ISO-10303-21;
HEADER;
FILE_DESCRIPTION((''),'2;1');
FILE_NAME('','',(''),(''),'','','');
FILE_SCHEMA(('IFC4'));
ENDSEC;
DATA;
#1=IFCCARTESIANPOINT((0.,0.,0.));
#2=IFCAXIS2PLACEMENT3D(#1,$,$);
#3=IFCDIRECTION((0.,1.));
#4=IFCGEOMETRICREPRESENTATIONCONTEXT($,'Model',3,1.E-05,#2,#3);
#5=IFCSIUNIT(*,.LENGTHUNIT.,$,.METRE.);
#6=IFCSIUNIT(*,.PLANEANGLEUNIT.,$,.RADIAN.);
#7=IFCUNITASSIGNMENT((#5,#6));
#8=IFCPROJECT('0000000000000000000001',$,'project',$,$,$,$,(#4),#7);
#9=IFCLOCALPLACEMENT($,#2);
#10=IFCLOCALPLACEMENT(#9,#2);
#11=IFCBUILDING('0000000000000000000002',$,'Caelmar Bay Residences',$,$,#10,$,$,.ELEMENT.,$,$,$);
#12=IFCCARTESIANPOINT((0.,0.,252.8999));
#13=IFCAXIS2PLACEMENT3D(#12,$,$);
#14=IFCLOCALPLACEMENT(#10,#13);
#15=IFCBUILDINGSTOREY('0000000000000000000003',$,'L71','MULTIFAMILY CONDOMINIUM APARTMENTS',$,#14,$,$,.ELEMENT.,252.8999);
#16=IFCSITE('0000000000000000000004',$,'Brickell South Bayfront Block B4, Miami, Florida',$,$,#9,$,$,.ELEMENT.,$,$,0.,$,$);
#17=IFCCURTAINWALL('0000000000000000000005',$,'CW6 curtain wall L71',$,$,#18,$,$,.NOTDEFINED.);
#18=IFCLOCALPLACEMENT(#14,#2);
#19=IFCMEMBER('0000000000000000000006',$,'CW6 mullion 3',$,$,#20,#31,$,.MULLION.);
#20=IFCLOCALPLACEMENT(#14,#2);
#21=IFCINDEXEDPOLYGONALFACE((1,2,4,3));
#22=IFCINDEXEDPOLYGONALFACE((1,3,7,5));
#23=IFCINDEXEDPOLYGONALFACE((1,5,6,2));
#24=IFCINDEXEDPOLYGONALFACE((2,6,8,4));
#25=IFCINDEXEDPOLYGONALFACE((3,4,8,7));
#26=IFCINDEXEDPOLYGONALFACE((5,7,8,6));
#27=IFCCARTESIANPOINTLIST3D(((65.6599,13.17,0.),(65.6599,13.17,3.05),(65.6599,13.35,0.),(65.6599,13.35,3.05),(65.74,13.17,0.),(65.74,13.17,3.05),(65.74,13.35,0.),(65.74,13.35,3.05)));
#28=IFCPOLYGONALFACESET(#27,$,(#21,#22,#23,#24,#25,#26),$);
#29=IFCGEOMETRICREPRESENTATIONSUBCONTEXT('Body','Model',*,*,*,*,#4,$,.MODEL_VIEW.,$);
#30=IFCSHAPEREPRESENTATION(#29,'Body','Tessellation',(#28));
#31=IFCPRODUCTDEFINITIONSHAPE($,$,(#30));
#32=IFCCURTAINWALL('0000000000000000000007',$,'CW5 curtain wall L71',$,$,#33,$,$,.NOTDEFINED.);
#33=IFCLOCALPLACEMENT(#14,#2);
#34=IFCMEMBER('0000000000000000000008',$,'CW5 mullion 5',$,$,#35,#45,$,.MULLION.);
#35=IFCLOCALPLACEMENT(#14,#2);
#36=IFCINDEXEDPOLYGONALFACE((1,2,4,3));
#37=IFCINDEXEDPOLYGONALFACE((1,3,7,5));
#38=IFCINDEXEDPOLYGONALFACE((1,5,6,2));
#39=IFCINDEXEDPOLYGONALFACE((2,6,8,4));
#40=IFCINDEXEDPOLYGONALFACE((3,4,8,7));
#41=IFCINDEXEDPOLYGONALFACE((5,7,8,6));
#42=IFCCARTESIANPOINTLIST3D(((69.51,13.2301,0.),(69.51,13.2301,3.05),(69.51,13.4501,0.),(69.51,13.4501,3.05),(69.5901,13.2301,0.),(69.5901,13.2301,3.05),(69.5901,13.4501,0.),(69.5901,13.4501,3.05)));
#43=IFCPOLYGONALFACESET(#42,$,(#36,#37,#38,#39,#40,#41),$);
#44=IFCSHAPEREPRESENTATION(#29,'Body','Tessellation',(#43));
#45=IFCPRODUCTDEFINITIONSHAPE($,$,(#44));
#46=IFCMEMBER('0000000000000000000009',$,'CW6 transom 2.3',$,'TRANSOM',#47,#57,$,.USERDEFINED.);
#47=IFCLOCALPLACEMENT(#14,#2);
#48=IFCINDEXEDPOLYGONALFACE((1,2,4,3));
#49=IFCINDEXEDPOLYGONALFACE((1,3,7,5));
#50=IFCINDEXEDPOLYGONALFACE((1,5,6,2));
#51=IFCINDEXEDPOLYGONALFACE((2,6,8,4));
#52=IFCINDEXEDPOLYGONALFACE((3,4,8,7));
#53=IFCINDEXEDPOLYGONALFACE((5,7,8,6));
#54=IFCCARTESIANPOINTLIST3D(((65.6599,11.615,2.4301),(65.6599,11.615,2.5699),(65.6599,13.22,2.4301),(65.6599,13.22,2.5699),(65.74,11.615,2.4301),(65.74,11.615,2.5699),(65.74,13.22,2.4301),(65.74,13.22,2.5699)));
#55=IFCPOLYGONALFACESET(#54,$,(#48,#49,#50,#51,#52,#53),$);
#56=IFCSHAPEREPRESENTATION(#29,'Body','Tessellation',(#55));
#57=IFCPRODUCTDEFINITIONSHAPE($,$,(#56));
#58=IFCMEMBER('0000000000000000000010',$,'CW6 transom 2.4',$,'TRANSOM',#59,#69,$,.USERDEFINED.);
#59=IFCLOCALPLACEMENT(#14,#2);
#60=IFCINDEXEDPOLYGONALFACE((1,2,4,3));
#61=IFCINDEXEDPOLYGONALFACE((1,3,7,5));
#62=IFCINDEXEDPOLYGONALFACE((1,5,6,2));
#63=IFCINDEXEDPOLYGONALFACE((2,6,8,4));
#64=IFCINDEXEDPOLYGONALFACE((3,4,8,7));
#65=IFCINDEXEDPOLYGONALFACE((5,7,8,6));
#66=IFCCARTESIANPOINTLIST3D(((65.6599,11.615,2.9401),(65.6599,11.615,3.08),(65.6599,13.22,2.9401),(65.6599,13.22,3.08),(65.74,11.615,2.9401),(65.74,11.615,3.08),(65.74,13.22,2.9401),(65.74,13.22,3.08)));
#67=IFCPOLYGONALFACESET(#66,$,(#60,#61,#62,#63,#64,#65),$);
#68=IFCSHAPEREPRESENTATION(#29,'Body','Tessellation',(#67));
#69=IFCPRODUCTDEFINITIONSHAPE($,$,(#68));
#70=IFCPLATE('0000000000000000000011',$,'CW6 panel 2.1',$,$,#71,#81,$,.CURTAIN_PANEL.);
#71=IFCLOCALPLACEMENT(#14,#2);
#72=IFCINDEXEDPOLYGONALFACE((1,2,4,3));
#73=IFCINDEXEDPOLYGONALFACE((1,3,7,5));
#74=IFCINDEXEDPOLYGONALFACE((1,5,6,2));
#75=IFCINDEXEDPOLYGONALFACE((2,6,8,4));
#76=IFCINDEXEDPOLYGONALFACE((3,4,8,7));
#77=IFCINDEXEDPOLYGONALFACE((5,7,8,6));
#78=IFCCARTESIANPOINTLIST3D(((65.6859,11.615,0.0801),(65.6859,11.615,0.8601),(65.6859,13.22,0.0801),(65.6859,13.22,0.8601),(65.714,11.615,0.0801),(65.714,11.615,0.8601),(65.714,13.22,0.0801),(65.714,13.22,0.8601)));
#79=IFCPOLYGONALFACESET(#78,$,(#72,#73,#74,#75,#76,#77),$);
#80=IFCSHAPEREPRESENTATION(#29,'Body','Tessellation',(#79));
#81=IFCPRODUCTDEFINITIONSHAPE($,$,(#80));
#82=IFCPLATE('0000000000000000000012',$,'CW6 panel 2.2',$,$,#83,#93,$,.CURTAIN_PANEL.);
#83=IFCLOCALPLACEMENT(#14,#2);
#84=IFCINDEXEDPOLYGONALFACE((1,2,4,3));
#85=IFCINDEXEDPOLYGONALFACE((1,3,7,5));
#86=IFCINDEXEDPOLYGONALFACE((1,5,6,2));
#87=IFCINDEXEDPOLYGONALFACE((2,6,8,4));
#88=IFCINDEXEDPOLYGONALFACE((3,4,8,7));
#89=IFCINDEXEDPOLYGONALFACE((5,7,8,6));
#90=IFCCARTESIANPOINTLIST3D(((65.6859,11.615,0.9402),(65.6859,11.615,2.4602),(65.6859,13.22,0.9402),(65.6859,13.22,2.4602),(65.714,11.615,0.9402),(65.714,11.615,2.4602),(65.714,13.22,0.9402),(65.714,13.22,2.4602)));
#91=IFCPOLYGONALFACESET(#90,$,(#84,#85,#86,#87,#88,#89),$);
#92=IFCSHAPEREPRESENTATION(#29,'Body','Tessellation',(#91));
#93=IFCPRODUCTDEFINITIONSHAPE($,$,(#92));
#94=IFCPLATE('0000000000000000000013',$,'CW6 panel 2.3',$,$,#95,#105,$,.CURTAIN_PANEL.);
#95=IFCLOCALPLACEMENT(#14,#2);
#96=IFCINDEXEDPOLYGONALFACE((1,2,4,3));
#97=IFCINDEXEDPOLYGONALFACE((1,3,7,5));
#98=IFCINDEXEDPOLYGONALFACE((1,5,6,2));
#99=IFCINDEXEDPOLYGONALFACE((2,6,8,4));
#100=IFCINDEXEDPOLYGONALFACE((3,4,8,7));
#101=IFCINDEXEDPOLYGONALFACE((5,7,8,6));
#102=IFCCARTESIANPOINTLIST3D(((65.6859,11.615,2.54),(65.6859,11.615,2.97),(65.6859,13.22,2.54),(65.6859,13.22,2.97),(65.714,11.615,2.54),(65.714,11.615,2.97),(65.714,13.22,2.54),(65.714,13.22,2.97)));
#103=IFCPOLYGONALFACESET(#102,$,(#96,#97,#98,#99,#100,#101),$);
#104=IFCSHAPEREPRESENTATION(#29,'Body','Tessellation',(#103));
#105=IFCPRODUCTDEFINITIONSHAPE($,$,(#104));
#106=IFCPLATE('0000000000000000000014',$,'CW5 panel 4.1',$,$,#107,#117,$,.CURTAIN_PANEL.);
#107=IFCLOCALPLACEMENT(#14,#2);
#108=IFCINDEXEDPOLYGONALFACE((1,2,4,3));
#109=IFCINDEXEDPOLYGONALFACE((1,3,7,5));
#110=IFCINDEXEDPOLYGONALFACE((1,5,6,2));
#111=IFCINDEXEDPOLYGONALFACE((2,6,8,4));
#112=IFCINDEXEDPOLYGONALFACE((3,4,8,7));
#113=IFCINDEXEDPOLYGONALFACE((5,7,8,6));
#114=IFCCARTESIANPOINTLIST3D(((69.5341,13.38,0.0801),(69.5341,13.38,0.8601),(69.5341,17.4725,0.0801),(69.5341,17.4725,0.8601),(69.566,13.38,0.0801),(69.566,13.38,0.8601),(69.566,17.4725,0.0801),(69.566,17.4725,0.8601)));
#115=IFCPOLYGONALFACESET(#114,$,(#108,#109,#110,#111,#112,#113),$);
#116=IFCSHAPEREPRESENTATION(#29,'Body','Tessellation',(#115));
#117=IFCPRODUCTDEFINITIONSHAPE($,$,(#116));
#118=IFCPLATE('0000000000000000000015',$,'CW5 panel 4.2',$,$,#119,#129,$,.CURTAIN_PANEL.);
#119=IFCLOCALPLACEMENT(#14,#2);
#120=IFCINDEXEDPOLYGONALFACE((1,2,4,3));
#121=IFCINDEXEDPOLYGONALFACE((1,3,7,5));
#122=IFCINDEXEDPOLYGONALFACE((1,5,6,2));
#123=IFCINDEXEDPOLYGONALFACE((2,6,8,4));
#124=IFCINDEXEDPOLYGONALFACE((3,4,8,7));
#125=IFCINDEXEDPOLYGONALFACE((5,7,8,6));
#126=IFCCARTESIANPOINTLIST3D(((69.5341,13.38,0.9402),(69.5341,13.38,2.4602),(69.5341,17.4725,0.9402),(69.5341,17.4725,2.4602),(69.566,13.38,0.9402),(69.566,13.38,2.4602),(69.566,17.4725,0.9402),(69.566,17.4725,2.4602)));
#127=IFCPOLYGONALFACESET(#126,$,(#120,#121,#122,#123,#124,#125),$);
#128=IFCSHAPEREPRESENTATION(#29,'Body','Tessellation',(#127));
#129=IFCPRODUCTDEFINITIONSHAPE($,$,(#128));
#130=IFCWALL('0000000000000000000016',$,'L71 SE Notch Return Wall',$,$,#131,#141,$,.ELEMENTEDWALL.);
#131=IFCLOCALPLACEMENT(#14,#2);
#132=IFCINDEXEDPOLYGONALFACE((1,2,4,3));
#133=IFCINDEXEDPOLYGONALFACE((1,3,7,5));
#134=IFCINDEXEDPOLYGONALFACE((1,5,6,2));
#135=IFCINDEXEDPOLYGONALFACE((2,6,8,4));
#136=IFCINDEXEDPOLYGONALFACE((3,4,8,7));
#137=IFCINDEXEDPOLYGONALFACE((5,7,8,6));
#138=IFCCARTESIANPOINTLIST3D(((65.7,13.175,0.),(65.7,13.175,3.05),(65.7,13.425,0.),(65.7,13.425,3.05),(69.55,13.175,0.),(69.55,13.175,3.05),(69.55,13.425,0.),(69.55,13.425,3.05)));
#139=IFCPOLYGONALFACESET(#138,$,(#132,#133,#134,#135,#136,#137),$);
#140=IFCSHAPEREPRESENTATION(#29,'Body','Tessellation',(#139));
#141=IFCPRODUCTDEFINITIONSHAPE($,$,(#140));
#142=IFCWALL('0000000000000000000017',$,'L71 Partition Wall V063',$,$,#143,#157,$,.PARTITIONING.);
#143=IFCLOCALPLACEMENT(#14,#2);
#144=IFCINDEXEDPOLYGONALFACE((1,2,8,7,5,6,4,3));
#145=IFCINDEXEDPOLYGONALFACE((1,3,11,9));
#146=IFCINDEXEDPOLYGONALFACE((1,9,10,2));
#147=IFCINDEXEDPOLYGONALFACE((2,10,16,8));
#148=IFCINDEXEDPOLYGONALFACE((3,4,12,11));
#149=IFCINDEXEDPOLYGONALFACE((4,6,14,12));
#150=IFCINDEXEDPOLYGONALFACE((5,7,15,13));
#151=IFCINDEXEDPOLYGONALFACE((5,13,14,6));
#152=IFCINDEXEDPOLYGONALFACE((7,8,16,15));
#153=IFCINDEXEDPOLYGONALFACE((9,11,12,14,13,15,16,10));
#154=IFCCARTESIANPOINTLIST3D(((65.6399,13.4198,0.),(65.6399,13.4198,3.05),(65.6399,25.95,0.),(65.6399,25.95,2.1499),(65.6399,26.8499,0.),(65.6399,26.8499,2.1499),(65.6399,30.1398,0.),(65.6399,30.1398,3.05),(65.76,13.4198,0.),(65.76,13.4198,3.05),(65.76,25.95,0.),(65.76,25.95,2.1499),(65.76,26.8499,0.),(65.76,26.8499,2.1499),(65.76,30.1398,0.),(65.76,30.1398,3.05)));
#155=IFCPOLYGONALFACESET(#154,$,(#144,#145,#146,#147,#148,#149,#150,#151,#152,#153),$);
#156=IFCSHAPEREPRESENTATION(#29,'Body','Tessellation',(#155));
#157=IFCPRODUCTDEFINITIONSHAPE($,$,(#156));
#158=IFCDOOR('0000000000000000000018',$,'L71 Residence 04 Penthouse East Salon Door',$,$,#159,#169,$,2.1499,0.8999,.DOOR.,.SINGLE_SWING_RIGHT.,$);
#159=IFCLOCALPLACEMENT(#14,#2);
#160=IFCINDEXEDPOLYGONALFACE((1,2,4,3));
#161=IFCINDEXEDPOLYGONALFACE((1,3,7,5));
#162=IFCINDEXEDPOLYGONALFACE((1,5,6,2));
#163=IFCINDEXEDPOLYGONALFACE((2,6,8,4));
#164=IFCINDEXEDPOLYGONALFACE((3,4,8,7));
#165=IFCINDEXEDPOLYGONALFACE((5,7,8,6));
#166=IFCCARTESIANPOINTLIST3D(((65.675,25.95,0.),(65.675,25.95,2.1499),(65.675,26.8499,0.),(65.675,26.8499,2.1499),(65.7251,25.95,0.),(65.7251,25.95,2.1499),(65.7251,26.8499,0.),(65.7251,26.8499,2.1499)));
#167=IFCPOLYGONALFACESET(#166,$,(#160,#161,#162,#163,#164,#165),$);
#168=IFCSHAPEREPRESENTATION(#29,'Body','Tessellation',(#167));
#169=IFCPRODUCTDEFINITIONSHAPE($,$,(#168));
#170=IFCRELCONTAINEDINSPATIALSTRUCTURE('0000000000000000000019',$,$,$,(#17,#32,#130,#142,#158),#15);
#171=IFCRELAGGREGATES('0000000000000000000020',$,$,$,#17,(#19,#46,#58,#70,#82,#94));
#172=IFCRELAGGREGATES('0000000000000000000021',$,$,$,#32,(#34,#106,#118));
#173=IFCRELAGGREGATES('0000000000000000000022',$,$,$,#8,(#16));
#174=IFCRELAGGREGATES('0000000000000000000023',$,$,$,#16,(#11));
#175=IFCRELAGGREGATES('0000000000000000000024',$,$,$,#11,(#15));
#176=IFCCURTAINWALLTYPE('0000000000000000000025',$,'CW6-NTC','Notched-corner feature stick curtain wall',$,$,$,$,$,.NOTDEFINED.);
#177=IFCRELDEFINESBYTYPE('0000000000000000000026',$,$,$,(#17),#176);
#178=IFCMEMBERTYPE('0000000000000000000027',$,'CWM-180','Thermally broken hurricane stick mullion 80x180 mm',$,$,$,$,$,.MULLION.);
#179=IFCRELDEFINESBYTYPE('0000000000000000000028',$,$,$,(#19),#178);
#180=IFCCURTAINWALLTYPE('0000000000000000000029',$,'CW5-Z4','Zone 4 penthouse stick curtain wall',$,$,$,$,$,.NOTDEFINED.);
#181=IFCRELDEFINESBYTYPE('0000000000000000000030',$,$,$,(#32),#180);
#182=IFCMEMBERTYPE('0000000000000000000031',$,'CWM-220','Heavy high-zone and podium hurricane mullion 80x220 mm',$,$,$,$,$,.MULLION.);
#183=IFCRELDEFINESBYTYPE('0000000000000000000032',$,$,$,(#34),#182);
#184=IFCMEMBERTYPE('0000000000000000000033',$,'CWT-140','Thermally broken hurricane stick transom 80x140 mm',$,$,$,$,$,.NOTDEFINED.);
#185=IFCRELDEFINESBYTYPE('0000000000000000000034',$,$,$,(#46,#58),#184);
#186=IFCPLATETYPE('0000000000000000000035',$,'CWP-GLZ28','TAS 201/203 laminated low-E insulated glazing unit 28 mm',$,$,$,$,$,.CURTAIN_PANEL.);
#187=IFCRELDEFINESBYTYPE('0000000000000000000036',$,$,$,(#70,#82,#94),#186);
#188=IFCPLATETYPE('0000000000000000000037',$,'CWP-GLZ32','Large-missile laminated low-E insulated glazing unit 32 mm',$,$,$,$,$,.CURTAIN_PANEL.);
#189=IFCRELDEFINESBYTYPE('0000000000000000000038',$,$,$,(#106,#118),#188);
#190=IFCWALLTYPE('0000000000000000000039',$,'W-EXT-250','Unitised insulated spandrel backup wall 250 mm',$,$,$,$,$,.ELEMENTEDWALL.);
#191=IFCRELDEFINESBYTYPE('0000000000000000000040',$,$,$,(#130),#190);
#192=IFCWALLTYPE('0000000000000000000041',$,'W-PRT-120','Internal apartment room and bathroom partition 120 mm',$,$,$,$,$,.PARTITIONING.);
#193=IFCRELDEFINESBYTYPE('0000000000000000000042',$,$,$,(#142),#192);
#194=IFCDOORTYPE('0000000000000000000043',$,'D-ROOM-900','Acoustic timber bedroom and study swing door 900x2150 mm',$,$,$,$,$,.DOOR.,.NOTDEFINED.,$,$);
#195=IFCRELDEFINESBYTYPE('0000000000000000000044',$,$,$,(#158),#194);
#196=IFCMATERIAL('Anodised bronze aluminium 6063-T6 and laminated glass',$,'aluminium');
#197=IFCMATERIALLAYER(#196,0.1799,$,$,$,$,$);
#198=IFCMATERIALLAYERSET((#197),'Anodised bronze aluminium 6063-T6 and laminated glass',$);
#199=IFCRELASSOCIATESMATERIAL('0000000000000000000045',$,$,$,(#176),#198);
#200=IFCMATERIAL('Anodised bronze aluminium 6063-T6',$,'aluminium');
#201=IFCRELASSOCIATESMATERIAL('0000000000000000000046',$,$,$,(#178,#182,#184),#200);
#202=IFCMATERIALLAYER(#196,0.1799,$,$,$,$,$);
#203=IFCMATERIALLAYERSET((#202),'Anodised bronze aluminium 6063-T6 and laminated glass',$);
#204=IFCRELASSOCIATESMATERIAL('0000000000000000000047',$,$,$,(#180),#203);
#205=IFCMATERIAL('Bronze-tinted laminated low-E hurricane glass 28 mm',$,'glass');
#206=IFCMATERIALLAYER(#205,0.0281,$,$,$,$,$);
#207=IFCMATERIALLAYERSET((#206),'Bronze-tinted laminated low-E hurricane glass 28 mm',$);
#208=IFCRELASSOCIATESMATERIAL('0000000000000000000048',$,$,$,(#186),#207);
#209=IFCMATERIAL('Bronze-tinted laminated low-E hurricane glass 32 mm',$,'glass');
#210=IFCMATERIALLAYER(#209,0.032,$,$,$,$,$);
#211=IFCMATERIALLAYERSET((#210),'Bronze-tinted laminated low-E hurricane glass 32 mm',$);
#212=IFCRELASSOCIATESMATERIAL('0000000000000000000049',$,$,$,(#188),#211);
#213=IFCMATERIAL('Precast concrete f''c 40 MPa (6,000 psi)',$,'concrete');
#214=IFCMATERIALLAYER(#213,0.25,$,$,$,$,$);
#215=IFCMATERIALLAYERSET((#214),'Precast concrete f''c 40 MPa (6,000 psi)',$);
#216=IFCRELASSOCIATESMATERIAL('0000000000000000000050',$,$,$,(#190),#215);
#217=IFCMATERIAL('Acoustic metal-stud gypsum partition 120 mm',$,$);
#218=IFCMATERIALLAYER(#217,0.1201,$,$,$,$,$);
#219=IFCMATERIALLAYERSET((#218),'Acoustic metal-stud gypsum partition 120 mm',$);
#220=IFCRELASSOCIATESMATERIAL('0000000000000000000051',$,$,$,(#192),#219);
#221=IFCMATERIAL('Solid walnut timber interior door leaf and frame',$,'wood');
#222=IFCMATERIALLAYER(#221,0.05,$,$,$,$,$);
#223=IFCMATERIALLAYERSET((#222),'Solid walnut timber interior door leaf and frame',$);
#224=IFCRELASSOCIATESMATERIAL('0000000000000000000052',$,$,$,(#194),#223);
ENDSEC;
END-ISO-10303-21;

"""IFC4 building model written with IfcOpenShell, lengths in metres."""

from ifc_helpers import new_model, si_unit, direction, frame, frame_2d, origin, origin_2d, place, context, subcontext, project, spatial, rectangle, extrude, material, layer, layer_set, material_profile, profile_set, type_object, element, fill, aggregate, save


model = new_model("IFC4")

# Units and contexts
model_context = context("Model", 3, precision=1e-05, world=origin(), true_north=direction((0.0, 1.0)))
body_context = subcontext(model_context, "Body", "Model", "MODEL_VIEW")
ifc_project = project(units=[si_unit("LENGTHUNIT", "METRE"), si_unit("PLANEANGLEUNIT", "RADIAN")], contexts=[model_context])

# Site, building, storey
site_placement = place(None, origin())
site = spatial("IfcSite", under=ifc_project, at=site_placement, Name="Brickell South Bayfront Block B4, Miami, Florida", CompositionType="ELEMENT", RefElevation=0.0)
building_placement = place(site_placement, origin())
building = spatial("IfcBuilding", under=site, at=building_placement, Name="Caelmar Bay Residences", CompositionType="ELEMENT")
storey_placement = place(building_placement, frame((0.0, 0.0, 252.8999)))
storey = spatial("IfcBuildingStorey", under=building, at=storey_placement, Name="L71", Description="MULTIFAMILY CONDOMINIUM APARTMENTS", CompositionType="ELEMENT", Elevation=252.8999)

# Curtain walls, members
ifc_material_1 = material(Name="Anodised bronze aluminium 6063-T6 and laminated glass", Category="aluminium")
ifc_layer_1 = layer(ifc_material_1, 0.1799)
ifc_layer_set_1 = layer_set([ifc_layer_1], Name="Anodised bronze aluminium 6063-T6 and laminated glass")
curtain_wall_type_1 = type_object("IfcCurtainWallType", Name="CW6-NTC", Description="Notched-corner feature stick curtain wall", PredefinedType="NOTDEFINED", material=ifc_layer_set_1)
curtain_wall_1_placement = place(storey_placement, origin())
curtain_wall_1 = element("IfcCurtainWall", 1, at=curtain_wall_1_placement, inside=storey, type_object=curtain_wall_type_1, Name="CW6 curtain wall L71", PredefinedType="NOTDEFINED")
ifc_material_2 = material(Name="Anodised bronze aluminium 6063-T6", Category="aluminium")
ifc_material_profile_1 = material_profile(ifc_material_2, rectangle(XDim=0.0801, YDim=0.1799, at=origin_2d()), Name="CWM-80X180")
ifc_profile_set_1 = profile_set([ifc_material_profile_1], Name="Anodised bronze aluminium 6063-T6")
member_type_1 = type_object("IfcMemberType", Name="CWM-180", Description="Thermally broken hurricane stick mullion 80x180 mm", PredefinedType="MULLION", material=ifc_profile_set_1)
member_1_placement = place(storey_placement, frame((65.7, 13.26, 0.0), z_axis=(0.0, 0.0, 1.0), x_axis=(-1.0, 0.0, 0.0)))
member_1 = element("IfcMember", 2, at=member_1_placement, type_object=member_type_1, Name="CW6 mullion 3", PredefinedType="MULLION", context=body_context, shape_type="SweptSolid", body=[
    extrude(rectangle(XDim=0.0801, YDim=0.1799, at=origin_2d()), origin(), (0.0, 0.0, 1.0), 3.05),
])
ifc_layer_2 = layer(ifc_material_1, 0.1799)
ifc_layer_set_2 = layer_set([ifc_layer_2], Name="Anodised bronze aluminium 6063-T6 and laminated glass")
curtain_wall_type_2 = type_object("IfcCurtainWallType", Name="CW5-Z4", Description="Zone 4 penthouse stick curtain wall", PredefinedType="NOTDEFINED", material=ifc_layer_set_2)
curtain_wall_2_placement = place(storey_placement, origin())
curtain_wall_2 = element("IfcCurtainWall", 3, at=curtain_wall_2_placement, inside=storey, type_object=curtain_wall_type_2, Name="CW5 curtain wall L71", PredefinedType="NOTDEFINED")
ifc_material_profile_2 = material_profile(ifc_material_2, rectangle(XDim=0.0801, YDim=0.22, at=origin_2d()), Name="CWM-80X220")
ifc_profile_set_2 = profile_set([ifc_material_profile_2], Name="Anodised bronze aluminium 6063-T6")
member_type_2 = type_object("IfcMemberType", Name="CWM-220", Description="Heavy high-zone and podium hurricane mullion 80x220 mm", PredefinedType="MULLION", material=ifc_profile_set_2)
member_2_placement = place(storey_placement, frame((69.55, 13.3401, 0.0), z_axis=(0.0, 0.0, 1.0), x_axis=(1.0, 0.0, 0.0)))
member_2 = element("IfcMember", 4, at=member_2_placement, type_object=member_type_2, Name="CW5 mullion 5", PredefinedType="MULLION", context=body_context, shape_type="SweptSolid", body=[
    extrude(rectangle(XDim=0.0801, YDim=0.22, at=origin_2d()), origin(), (0.0, 0.0, 1.0), 3.05),
])

# Members
ifc_material_profile_3 = material_profile(ifc_material_2, rectangle(XDim=0.0801, YDim=0.1399, at=origin_2d()), Name="CWT-80X140")
ifc_profile_set_3 = profile_set([ifc_material_profile_3], Name="Anodised bronze aluminium 6063-T6")
member_type_3 = type_object("IfcMemberType", Name="CWT-140", Description="Thermally broken hurricane stick transom 80x140 mm", PredefinedType="NOTDEFINED", material=ifc_profile_set_3)
member_3_placement = place(storey_placement, frame((65.7, 11.615, 2.5), z_axis=(0.0, 1.0, 0.0), x_axis=(-1.0, 0.0, 0.0)))
member_3 = element("IfcMember", 5, at=member_3_placement, type_object=member_type_3, Name="CW6 transom 2.3", ObjectType="TRANSOM", PredefinedType="USERDEFINED", context=body_context, shape_type="SweptSolid", body=[
    extrude(rectangle(XDim=0.0801, YDim=0.1399, at=origin_2d()), origin(), (0.0, 0.0, 1.0), 1.605),
])
member_4_placement = place(storey_placement, frame((65.7, 11.615, 3.01), z_axis=(0.0, 1.0, 0.0), x_axis=(-1.0, 0.0, 0.0)))
member_4 = element("IfcMember", 6, at=member_4_placement, type_object=member_type_3, Name="CW6 transom 2.4", ObjectType="TRANSOM", PredefinedType="USERDEFINED", context=body_context, shape_type="SweptSolid", body=[
    extrude(rectangle(XDim=0.0801, YDim=0.1399, at=origin_2d()), origin(), (0.0, 0.0, 1.0), 1.605),
])

# Plates
ifc_material_3 = material(Name="Bronze-tinted laminated low-E hurricane glass 28 mm", Category="glass")
ifc_layer_3 = layer(ifc_material_3, 0.0281)
ifc_layer_set_3 = layer_set([ifc_layer_3], Name="Bronze-tinted laminated low-E hurricane glass 28 mm")
plate_type_1 = type_object("IfcPlateType", Name="CWP-GLZ28", Description="TAS 201/203 laminated low-E insulated glazing unit 28 mm", PredefinedType="CURTAIN_PANEL", material=ifc_layer_set_3)
plate_1_placement = place(storey_placement, frame((65.7, 12.4175, 0.0801), z_axis=(0.0, 0.0, 1.0), x_axis=(0.0, 1.0, 0.0)))
plate_1 = element("IfcPlate", 7, at=plate_1_placement, type_object=plate_type_1, Name="CW6 panel 2.1", PredefinedType="CURTAIN_PANEL", context=body_context, shape_type="SweptSolid", body=[
    extrude(rectangle(XDim=1.605, YDim=0.0281, at=origin_2d()), origin(), (0.0, 0.0, 1.0), 0.78),
])
plate_2_placement = place(storey_placement, frame((65.7, 12.4175, 0.9402), z_axis=(0.0, 0.0, 1.0), x_axis=(0.0, 1.0, 0.0)))
plate_2 = element("IfcPlate", 8, at=plate_2_placement, type_object=plate_type_1, Name="CW6 panel 2.2", PredefinedType="CURTAIN_PANEL", context=body_context, shape_type="SweptSolid", body=[
    extrude(rectangle(XDim=1.605, YDim=0.0281, at=origin_2d()), origin(), (0.0, 0.0, 1.0), 1.52),
])
plate_3_placement = place(storey_placement, frame((65.7, 12.4175, 2.54), z_axis=(0.0, 0.0, 1.0), x_axis=(0.0, 1.0, 0.0)))
plate_3 = element("IfcPlate", 9, at=plate_3_placement, type_object=plate_type_1, Name="CW6 panel 2.3", PredefinedType="CURTAIN_PANEL", context=body_context, shape_type="SweptSolid", body=[
    extrude(rectangle(XDim=1.605, YDim=0.0281, at=origin_2d()), origin(), (0.0, 0.0, 1.0), 0.4299),
])
aggregate(curtain_wall_1, [member_1, member_3, member_4, plate_1, plate_2, plate_3])
ifc_material_4 = material(Name="Bronze-tinted laminated low-E hurricane glass 32 mm", Category="glass")
ifc_layer_4 = layer(ifc_material_4, 0.032)
ifc_layer_set_4 = layer_set([ifc_layer_4], Name="Bronze-tinted laminated low-E hurricane glass 32 mm")
plate_type_2 = type_object("IfcPlateType", Name="CWP-GLZ32", Description="Large-missile laminated low-E insulated glazing unit 32 mm", PredefinedType="CURTAIN_PANEL", material=ifc_layer_set_4)
plate_4_placement = place(storey_placement, frame((69.55, 15.4263, 0.0801), z_axis=(0.0, 0.0, 1.0), x_axis=(0.0, -1.0, 0.0)))
plate_4 = element("IfcPlate", 10, at=plate_4_placement, type_object=plate_type_2, Name="CW5 panel 4.1", PredefinedType="CURTAIN_PANEL", context=body_context, shape_type="SweptSolid", body=[
    extrude(rectangle(XDim=4.0925, YDim=0.032, at=origin_2d()), origin(), (0.0, 0.0, 1.0), 0.78),
])
plate_5_placement = place(storey_placement, frame((69.55, 15.4263, 0.9402), z_axis=(0.0, 0.0, 1.0), x_axis=(0.0, -1.0, 0.0)))
plate_5 = element("IfcPlate", 11, at=plate_5_placement, type_object=plate_type_2, Name="CW5 panel 4.2", PredefinedType="CURTAIN_PANEL", context=body_context, shape_type="SweptSolid", body=[
    extrude(rectangle(XDim=4.0925, YDim=0.032, at=origin_2d()), origin(), (0.0, 0.0, 1.0), 1.52),
])
aggregate(curtain_wall_2, [member_2, plate_4, plate_5])

# Wall
ifc_material_5 = material(Name="Precast concrete f'c 40 MPa (6,000 psi)", Category="concrete")
ifc_layer_5 = layer(ifc_material_5, 0.25)
ifc_layer_set_5 = layer_set([ifc_layer_5], Name="Precast concrete f'c 40 MPa (6,000 psi)")
wall_type_1 = type_object("IfcWallType", Name="W-EXT-250", Description="Unitised insulated spandrel backup wall 250 mm", PredefinedType="ELEMENTEDWALL", material=ifc_layer_set_5)
wall_1_placement = place(storey_placement, frame((65.7, 13.3, 0.0), z_axis=(0.0, 0.0, 1.0), x_axis=(1.0, 0.0, 0.0)))
element("IfcWall", 12, at=wall_1_placement, inside=storey, type_object=wall_type_1, Name="L71 SE Notch Return Wall", PredefinedType="ELEMENTEDWALL", context=body_context, shape_type="SweptSolid", body=[
    extrude(rectangle(XDim=3.8501, YDim=0.25, at=frame_2d((1.925, 0.0))), origin(), (0.0, 0.0, 1.0), 3.05),
])

# Wall, opening, door
ifc_material_6 = material(Name="Acoustic metal-stud gypsum partition 120 mm")
ifc_layer_6 = layer(ifc_material_6, 0.1201)
ifc_layer_set_6 = layer_set([ifc_layer_6], Name="Acoustic metal-stud gypsum partition 120 mm")
wall_type_2 = type_object("IfcWallType", Name="W-PRT-120", Description="Internal apartment room and bathroom partition 120 mm", PredefinedType="PARTITIONING", material=ifc_layer_set_6)
wall_2_placement = place(storey_placement, frame((65.7, 13.4199, 0.0), z_axis=(0.0, 0.0, 1.0), x_axis=(0.0, 1.0, 0.0)))
wall_2 = element("IfcWall", 13, at=wall_2_placement, inside=storey, type_object=wall_type_2, Name="L71 Partition Wall V063", PredefinedType="PARTITIONING", context=body_context, shape_type="SweptSolid", body=[
    extrude(rectangle(XDim=16.72, YDim=0.1201, at=frame_2d((8.3599, 0.0))), origin(), (0.0, 0.0, 1.0), 3.05),
])
opening_placement = place(wall_2_placement, frame((12.53, 0.0, 0.0)))
opening = element("IfcOpeningElement", 14, at=opening_placement, cuts=wall_2, PredefinedType="OPENING", context=body_context, shape_type="SweptSolid", body=[
    extrude(rectangle(XDim=0.8999, YDim=2.1499, at=frame_2d((0.45, 1.075))), frame((0.0, 0.0701, 0.0), z_axis=(0.0, -1.0, 0.0), x_axis=(1.0, 0.0, 0.0)), (0.0, 0.0, 1.0), 0.1401),
])
ifc_material_7 = material(Name="Solid walnut timber interior door leaf and frame", Category="wood")
ifc_layer_7 = layer(ifc_material_7, 0.05)
ifc_layer_set_7 = layer_set([ifc_layer_7], Name="Solid walnut timber interior door leaf and frame")
door_type = type_object("IfcDoorType", Name="D-ROOM-900", Description="Acoustic timber bedroom and study swing door 900x2150 mm", OperationType="NOTDEFINED", PredefinedType="DOOR", material=ifc_layer_set_7)
door_placement = place(opening_placement, origin())
door = element("IfcDoor", 15, at=door_placement, inside=storey, type_object=door_type, Name="L71 Residence 04 Penthouse East Salon Door", OperationType="SINGLE_SWING_RIGHT", OverallHeight=2.1499, OverallWidth=0.8999, PredefinedType="DOOR", context=body_context, shape_type="SweptSolid", body=[
    extrude(rectangle(XDim=0.8999, YDim=2.1499, at=frame_2d((0.45, 1.075))), frame((0.0, 0.0249, 0.0), z_axis=(0.0, -1.0, 0.0), x_axis=(1.0, 0.0, 0.0)), (0.0, 0.0, 1.0), 0.05),
])
fill(opening, door)

save(model, "model.ifc")
